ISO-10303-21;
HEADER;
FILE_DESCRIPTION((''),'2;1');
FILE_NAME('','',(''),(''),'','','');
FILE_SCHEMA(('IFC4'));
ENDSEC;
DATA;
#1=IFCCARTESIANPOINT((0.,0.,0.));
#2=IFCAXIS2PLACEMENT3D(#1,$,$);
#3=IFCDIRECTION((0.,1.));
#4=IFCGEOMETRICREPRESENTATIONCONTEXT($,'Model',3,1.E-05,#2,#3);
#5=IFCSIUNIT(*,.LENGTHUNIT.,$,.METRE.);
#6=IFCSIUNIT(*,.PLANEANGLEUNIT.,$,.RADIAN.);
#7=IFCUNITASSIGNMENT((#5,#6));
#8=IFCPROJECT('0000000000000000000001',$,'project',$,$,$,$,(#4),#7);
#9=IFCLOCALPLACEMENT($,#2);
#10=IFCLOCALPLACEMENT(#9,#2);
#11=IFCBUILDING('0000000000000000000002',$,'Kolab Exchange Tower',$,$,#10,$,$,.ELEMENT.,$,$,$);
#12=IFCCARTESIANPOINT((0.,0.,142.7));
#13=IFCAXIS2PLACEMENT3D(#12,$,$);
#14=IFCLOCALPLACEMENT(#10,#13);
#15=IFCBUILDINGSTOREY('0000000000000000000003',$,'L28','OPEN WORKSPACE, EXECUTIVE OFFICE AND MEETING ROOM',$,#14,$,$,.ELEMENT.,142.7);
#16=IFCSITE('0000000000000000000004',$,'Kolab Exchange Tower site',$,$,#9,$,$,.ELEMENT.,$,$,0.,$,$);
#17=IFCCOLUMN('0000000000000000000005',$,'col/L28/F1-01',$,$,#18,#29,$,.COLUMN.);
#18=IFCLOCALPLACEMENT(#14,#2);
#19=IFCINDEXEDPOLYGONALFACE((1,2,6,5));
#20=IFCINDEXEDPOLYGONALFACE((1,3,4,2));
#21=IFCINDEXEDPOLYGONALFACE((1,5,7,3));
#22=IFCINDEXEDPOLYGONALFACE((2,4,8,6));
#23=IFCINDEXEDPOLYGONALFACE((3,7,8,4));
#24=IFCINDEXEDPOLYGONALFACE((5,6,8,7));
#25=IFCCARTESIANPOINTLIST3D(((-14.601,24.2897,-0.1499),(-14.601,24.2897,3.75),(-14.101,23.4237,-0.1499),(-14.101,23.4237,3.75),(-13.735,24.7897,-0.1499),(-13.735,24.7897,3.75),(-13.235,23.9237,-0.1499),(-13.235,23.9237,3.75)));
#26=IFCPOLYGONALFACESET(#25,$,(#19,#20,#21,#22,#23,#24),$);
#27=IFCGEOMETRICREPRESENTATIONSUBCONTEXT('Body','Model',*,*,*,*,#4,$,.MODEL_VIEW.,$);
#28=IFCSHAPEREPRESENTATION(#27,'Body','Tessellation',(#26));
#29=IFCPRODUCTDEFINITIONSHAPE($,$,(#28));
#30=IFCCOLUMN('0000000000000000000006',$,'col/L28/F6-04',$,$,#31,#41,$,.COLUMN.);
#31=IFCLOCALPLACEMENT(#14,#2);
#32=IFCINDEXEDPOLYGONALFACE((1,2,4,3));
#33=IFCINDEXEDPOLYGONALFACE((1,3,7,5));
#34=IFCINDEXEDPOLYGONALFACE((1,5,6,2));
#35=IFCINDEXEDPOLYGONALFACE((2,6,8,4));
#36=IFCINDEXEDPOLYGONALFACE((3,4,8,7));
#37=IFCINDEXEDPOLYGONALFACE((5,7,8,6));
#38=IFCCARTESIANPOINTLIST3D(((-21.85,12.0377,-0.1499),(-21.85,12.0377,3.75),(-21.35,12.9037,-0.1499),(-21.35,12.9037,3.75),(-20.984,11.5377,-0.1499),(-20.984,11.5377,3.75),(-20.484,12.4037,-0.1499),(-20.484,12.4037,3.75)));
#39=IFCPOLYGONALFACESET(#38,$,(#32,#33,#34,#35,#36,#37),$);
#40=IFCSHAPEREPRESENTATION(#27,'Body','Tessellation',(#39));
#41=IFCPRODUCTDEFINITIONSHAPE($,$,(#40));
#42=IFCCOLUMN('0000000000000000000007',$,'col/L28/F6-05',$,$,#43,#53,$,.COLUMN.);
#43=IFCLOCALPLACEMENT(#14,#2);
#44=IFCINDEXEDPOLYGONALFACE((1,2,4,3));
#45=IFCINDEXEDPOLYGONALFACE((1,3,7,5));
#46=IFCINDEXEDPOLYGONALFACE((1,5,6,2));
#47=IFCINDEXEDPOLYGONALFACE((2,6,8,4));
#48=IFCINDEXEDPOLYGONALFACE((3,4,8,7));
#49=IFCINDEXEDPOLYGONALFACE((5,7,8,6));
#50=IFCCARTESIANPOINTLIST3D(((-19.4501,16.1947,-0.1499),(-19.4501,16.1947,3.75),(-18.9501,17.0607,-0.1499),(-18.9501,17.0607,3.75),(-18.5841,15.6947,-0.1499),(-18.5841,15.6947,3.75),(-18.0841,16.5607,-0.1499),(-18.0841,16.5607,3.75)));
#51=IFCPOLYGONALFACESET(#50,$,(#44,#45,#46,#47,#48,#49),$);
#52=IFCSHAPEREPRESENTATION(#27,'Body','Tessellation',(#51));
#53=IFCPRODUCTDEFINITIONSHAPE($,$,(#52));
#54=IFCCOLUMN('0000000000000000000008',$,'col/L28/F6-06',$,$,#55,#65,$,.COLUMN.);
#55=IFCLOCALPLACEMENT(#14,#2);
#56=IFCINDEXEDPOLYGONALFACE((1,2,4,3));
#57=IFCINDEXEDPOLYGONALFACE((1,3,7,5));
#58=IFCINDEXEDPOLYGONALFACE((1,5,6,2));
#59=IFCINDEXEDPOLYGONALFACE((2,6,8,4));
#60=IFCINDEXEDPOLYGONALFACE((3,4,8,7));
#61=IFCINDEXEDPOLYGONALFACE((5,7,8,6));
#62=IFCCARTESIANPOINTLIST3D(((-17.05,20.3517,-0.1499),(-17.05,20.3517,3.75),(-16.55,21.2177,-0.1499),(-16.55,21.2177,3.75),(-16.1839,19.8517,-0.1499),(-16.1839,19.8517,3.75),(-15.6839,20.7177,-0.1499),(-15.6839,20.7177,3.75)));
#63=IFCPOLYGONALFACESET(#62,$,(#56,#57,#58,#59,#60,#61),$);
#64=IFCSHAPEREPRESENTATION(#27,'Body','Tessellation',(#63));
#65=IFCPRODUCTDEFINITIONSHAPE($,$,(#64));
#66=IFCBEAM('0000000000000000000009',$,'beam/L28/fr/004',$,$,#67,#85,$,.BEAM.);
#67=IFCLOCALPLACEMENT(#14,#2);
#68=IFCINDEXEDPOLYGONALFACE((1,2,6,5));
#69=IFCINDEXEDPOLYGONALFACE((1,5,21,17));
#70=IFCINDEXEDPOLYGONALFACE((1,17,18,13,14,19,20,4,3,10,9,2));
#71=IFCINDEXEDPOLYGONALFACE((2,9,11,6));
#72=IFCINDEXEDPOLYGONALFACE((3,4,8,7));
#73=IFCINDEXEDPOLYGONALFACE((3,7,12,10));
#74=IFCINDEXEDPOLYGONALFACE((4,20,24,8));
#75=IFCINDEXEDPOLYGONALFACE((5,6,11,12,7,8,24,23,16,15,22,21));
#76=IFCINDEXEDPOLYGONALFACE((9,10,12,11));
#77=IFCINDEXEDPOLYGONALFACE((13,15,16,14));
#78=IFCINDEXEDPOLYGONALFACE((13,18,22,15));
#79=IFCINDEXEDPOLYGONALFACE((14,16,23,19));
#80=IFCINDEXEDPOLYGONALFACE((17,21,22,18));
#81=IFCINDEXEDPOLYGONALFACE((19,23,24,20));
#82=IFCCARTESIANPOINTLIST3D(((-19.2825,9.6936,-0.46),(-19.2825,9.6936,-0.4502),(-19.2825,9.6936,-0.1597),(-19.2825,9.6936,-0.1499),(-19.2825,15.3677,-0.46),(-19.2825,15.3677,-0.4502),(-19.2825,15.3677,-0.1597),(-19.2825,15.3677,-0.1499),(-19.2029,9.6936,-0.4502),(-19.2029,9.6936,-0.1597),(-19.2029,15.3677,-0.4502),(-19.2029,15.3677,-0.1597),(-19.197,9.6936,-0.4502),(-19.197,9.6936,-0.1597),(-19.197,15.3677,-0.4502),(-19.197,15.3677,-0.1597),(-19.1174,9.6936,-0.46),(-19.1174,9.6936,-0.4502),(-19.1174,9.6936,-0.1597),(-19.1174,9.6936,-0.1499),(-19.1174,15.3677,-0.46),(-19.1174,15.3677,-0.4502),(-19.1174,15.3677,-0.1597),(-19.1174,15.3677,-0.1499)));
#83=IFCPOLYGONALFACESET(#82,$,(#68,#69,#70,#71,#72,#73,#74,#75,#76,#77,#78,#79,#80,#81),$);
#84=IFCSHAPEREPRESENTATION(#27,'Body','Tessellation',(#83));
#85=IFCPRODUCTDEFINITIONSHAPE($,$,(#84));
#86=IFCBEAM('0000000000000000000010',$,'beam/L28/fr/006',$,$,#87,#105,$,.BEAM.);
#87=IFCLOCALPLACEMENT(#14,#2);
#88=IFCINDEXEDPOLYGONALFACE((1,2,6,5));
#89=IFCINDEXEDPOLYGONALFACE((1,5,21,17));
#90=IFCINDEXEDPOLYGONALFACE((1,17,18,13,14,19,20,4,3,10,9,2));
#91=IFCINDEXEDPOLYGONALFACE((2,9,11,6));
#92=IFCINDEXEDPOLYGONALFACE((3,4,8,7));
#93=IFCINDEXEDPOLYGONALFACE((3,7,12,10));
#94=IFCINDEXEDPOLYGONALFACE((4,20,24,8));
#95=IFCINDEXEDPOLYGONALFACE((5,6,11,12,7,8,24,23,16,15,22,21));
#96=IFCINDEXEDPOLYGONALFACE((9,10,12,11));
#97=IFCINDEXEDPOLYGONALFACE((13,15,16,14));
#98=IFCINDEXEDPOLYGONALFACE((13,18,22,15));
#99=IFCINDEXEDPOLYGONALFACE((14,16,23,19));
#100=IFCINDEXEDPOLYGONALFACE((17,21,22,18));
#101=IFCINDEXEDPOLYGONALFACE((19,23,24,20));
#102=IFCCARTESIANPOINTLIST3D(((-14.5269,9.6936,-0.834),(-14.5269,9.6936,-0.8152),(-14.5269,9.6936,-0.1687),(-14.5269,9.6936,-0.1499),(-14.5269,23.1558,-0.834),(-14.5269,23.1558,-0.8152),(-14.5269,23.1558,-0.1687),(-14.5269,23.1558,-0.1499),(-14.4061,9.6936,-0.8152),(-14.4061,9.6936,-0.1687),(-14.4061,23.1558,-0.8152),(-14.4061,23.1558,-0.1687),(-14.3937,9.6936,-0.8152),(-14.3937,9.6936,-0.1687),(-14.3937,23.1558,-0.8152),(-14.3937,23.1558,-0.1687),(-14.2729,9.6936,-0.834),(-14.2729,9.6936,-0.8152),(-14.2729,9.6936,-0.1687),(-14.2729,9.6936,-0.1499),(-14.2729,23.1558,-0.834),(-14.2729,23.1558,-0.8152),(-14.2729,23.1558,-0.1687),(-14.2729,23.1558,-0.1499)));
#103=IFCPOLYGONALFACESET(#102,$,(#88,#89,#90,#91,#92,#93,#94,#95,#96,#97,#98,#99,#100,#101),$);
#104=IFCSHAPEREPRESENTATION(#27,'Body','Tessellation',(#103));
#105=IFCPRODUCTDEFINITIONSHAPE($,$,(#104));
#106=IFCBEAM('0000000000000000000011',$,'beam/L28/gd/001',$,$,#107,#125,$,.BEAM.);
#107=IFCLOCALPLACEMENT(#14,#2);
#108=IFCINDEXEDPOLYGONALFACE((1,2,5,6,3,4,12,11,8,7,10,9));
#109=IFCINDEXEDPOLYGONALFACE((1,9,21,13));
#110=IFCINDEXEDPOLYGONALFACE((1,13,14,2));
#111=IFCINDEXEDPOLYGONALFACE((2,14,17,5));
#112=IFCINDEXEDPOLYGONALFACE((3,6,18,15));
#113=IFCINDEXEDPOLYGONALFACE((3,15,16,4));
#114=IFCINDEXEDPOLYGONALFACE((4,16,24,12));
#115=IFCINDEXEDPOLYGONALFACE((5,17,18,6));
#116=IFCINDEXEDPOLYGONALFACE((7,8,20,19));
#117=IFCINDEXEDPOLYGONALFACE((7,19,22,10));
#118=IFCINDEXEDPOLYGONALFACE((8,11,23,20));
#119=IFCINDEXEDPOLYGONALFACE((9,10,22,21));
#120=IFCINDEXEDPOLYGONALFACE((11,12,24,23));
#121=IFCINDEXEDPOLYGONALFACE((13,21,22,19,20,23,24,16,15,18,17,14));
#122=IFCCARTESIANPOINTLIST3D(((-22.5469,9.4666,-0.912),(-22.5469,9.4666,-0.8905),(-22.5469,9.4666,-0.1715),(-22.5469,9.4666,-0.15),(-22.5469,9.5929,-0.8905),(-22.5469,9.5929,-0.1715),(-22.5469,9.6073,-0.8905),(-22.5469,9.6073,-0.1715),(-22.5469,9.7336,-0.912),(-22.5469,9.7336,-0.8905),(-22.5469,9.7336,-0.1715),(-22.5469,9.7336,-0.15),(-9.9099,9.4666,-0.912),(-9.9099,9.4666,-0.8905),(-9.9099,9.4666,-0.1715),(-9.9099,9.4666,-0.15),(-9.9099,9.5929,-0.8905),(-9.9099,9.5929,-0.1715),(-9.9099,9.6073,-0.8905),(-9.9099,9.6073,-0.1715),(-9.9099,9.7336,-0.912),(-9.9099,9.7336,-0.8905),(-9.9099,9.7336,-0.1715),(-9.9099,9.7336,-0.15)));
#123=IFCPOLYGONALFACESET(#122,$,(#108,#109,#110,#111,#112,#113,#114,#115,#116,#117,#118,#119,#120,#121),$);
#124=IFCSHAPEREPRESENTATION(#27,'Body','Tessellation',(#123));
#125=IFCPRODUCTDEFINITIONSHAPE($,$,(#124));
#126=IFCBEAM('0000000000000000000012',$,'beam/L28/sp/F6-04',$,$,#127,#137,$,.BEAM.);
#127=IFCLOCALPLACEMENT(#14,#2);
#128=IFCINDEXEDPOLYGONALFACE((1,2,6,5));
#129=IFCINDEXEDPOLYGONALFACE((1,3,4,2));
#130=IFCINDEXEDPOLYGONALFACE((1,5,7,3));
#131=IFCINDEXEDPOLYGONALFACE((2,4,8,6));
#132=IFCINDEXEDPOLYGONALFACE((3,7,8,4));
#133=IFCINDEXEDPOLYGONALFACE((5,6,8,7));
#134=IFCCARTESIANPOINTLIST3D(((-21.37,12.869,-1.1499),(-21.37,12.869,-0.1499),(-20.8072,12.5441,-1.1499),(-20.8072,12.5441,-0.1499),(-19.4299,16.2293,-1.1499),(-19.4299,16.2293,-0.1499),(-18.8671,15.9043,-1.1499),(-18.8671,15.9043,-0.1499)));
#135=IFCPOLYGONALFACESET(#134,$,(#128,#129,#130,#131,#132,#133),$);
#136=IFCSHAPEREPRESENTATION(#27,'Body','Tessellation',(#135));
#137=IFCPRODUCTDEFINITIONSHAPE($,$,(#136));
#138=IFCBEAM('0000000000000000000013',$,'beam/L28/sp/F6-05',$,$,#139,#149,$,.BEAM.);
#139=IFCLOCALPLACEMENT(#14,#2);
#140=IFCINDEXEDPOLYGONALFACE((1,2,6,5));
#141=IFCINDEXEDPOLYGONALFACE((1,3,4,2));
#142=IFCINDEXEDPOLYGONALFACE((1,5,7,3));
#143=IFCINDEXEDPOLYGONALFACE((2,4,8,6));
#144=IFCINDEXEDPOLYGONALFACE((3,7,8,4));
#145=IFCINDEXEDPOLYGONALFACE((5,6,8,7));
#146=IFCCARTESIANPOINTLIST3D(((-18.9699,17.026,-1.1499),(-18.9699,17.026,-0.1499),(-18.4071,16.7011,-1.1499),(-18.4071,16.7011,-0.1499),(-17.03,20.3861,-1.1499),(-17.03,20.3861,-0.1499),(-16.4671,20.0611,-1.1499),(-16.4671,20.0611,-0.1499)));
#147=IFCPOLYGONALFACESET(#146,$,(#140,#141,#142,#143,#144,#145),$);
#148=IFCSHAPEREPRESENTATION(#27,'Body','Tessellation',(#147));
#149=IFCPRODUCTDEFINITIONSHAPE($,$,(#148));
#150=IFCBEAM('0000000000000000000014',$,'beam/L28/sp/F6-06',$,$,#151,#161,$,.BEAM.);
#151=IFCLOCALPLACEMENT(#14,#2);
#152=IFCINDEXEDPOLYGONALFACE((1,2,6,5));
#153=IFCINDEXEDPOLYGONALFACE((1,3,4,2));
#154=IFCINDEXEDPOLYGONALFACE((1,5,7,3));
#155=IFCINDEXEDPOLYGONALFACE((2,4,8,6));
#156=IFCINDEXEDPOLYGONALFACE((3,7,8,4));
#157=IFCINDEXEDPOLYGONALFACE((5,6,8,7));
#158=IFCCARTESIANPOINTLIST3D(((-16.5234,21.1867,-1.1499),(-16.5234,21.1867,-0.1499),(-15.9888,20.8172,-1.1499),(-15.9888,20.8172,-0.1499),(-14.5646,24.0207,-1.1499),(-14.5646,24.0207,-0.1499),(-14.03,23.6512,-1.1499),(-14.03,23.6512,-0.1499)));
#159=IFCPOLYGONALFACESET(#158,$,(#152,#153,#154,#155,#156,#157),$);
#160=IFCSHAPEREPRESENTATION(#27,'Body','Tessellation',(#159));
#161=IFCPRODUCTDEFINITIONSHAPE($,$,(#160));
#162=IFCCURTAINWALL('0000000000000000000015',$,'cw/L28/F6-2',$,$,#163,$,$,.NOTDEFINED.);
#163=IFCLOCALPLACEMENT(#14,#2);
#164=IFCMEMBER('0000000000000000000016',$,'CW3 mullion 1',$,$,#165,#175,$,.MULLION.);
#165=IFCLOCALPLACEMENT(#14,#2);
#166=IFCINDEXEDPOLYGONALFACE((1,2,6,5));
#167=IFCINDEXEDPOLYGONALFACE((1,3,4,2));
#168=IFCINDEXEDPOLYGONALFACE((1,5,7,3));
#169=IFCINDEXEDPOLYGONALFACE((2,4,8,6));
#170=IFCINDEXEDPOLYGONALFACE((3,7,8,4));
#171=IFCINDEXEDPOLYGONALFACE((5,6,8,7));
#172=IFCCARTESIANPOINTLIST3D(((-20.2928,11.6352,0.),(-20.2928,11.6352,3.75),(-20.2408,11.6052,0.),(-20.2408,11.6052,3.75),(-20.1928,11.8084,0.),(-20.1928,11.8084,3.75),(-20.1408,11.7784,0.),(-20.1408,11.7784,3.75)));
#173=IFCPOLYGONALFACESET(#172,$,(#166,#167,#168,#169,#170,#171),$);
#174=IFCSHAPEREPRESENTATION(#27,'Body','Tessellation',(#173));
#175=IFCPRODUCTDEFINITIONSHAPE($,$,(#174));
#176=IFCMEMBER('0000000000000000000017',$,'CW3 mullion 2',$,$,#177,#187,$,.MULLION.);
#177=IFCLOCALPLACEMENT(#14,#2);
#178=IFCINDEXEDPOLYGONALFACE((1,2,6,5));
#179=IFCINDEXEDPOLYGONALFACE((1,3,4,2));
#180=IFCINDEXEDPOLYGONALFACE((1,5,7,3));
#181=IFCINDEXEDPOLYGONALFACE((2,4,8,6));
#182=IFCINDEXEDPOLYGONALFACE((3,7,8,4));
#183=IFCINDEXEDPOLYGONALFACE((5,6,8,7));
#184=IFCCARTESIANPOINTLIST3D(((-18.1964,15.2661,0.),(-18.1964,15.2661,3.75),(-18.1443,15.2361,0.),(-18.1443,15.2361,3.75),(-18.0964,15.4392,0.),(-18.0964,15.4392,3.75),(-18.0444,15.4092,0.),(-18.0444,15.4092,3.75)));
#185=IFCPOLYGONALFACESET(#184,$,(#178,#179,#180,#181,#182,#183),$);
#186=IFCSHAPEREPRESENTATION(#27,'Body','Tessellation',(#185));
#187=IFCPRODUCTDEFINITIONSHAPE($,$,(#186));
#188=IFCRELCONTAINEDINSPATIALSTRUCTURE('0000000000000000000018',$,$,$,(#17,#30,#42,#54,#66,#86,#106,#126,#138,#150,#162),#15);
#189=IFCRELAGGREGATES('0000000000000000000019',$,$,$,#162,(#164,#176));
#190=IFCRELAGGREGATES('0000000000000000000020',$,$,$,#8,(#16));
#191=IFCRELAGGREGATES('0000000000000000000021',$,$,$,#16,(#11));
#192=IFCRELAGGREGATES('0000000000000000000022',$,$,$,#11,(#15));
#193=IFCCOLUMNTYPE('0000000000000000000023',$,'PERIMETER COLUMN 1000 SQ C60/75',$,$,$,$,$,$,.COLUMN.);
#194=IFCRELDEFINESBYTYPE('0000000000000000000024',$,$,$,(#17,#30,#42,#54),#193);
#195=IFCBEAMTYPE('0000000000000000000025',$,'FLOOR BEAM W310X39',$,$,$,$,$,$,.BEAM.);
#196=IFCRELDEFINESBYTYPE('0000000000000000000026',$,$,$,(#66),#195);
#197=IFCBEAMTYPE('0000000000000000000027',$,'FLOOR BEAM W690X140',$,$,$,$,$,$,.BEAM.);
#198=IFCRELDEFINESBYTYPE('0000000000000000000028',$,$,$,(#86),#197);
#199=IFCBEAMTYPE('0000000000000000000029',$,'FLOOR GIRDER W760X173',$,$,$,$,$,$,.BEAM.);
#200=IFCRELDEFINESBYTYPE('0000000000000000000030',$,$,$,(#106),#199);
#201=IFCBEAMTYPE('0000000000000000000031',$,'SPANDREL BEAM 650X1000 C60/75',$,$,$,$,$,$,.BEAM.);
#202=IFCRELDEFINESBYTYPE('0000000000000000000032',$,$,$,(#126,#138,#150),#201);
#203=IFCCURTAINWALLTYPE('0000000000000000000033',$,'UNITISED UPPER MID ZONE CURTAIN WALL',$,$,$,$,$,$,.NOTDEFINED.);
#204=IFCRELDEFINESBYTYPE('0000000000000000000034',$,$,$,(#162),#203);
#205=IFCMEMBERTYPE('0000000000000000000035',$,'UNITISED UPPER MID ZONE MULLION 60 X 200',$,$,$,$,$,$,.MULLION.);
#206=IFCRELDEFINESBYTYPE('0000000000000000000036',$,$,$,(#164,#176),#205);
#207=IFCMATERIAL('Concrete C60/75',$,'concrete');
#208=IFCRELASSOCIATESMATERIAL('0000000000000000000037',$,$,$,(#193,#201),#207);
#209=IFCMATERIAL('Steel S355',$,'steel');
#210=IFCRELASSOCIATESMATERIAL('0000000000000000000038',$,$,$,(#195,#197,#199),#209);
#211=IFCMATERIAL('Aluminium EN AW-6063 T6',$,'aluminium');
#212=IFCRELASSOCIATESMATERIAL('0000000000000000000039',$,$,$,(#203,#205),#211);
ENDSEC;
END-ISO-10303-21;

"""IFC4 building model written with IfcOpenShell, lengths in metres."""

from ifc_helpers import new_model, si_unit, direction, frame, origin, origin_2d, place, context, subcontext, project, spatial, rectangle, i_section, extrude, material, material_profile, profile_set, type_object, element, aggregate, save


model = new_model("IFC4")

# Units and contexts
model_context = context("Model", 3, precision=1e-05, world=origin(), true_north=direction((0.0, 1.0)))
body_context = subcontext(model_context, "Body", "Model", "MODEL_VIEW")
ifc_project = project(units=[si_unit("LENGTHUNIT", "METRE"), si_unit("PLANEANGLEUNIT", "RADIAN")], contexts=[model_context])

# Site, building, storey
site_placement = place(None, origin())
site = spatial("IfcSite", under=ifc_project, at=site_placement, Name="Kolab Exchange Tower site", CompositionType="ELEMENT", RefElevation=0.0)
building_placement = place(site_placement, origin())
building = spatial("IfcBuilding", under=site, at=building_placement, Name="Kolab Exchange Tower", CompositionType="ELEMENT")
storey_placement = place(building_placement, frame((0.0, 0.0, 142.7)))
storey = spatial("IfcBuildingStorey", under=building, at=storey_placement, Name="L28", Description="OPEN WORKSPACE, EXECUTIVE OFFICE AND MEETING ROOM", CompositionType="ELEMENT", Elevation=142.7)

# Columns
ifc_material_1 = material(Name="Concrete C60/75", Category="concrete")
ifc_material_profile_1 = material_profile(ifc_material_1, rectangle(XDim=1.0, YDim=1.0, at=origin_2d()), Name="RC1000")
ifc_profile_set_1 = profile_set([ifc_material_profile_1], Name="Concrete C60/75")
column_type = type_object("IfcColumnType", Name="PERIMETER COLUMN 1000 SQ C60/75", PredefinedType="COLUMN", material=ifc_profile_set_1)
for number, where, z_axis, x_axis, name in (
    (1, (-13.918, 24.1067, -0.1499), (0.0, 0.0, 1.0), (0.866025, 0.5, 0.0), "col/L28/F1-01"),
    (2, (-21.167, 12.2207, -0.1499), (0.0, 0.0, 1.0), (0.5, 0.866025, 0.0), "col/L28/F6-04"),
    (3, (-18.7671, 16.3777, -0.1499), (0.0, 0.0, 1.0), (0.5, 0.866025, 0.0), "col/L28/F6-05"),
    (4, (-16.3669, 20.5347, -0.1499), (0.0, 0.0, 1.0), (0.5, 0.866025, 0.0), "col/L28/F6-06"),
):
    element("IfcColumn", number, at=place(storey_placement, frame(where, z_axis=z_axis, x_axis=x_axis)), inside=storey, type_object=column_type, Name=name, PredefinedType="COLUMN", context=body_context, shape_type="SweptSolid", body=[
        extrude(rectangle(XDim=1.0, YDim=1.0, at=origin_2d()), origin(), (0.0, 0.0, 1.0), 3.8999),
    ])

# Beams
ifc_material_2 = material(Name="Steel S355", Category="steel")
ifc_material_profile_2 = material_profile(ifc_material_2, i_section(OverallWidth=0.165, OverallDepth=0.3101, WebThickness=0.0059, FlangeThickness=0.0098, at=origin_2d()), Name="W310X39")
ifc_profile_set_2 = profile_set([ifc_material_profile_2], Name="Steel S355")
beam_type_1 = type_object("IfcBeamType", Name="FLOOR BEAM W310X39", PredefinedType="BEAM", material=ifc_profile_set_2)
beam_1_placement = place(storey_placement, frame((-19.2, 9.6936, -0.3049), z_axis=(0.0, 1.0, 0.0), x_axis=(-1.0, 0.0, 0.0)))
element("IfcBeam", 5, at=beam_1_placement, inside=storey, type_object=beam_type_1, Name="beam/L28/fr/004", PredefinedType="BEAM", context=body_context, shape_type="SweptSolid", body=[
    extrude(i_section(OverallWidth=0.165, OverallDepth=0.3101, WebThickness=0.0059, FlangeThickness=0.0098, at=origin_2d()), origin(), (0.0, 0.0, 1.0), 5.6741),
])
ifc_material_profile_3 = material_profile(ifc_material_2, i_section(OverallWidth=0.2539, OverallDepth=0.6841, WebThickness=0.0125, FlangeThickness=0.0188, at=origin_2d()), Name="W690X140")
ifc_profile_set_3 = profile_set([ifc_material_profile_3], Name="Steel S355")
beam_type_2 = type_object("IfcBeamType", Name="FLOOR BEAM W690X140", PredefinedType="BEAM", material=ifc_profile_set_3)
beam_2_placement = place(storey_placement, frame((-14.3999, 9.6936, -0.4919), z_axis=(0.0, 1.0, 0.0), x_axis=(-1.0, 0.0, 0.0)))
element("IfcBeam", 6, at=beam_2_placement, inside=storey, type_object=beam_type_2, Name="beam/L28/fr/006", PredefinedType="BEAM", context=body_context, shape_type="SweptSolid", body=[
    extrude(i_section(OverallWidth=0.2539, OverallDepth=0.6841, WebThickness=0.0125, FlangeThickness=0.0188, at=origin_2d()), origin(), (0.0, 0.0, 1.0), 13.4622),
])
ifc_material_profile_4 = material_profile(ifc_material_2, i_section(OverallWidth=0.2671, OverallDepth=0.762, WebThickness=0.0144, FlangeThickness=0.0215, at=origin_2d()), Name="W760X173")
ifc_profile_set_4 = profile_set([ifc_material_profile_4], Name="Steel S355")
beam_type_3 = type_object("IfcBeamType", Name="FLOOR GIRDER W760X173", PredefinedType="BEAM", material=ifc_profile_set_4)
beam_3_placement = place(storey_placement, frame((-22.5469, 9.6001, -0.531), z_axis=(1.0, 0.0, 0.0), x_axis=(0.0, 1.0, 0.0)))
element("IfcBeam", 7, at=beam_3_placement, inside=storey, type_object=beam_type_3, Name="beam/L28/gd/001", PredefinedType="BEAM", context=body_context, shape_type="SweptSolid", body=[
    extrude(i_section(OverallWidth=0.2671, OverallDepth=0.762, WebThickness=0.0144, FlangeThickness=0.0215, at=origin_2d()), origin(), (0.0, 0.0, 1.0), 12.637),
])
ifc_material_profile_5 = material_profile(ifc_material_1, rectangle(XDim=0.6499, YDim=1.0, at=origin_2d()), Name="RC650X1000")
ifc_profile_set_5 = profile_set([ifc_material_profile_5], Name="Concrete C60/75")
beam_type_4 = type_object("IfcBeamType", Name="SPANDREL BEAM 650X1000 C60/75", PredefinedType="BEAM", material=ifc_profile_set_5)
beam_4_placement = place(storey_placement, frame((-21.0886, 12.7065, -0.6499), z_axis=(0.500017, 0.866016, 0.0), x_axis=(-0.866016, 0.500017, 0.0)))
element("IfcBeam", 8, at=beam_4_placement, inside=storey, type_object=beam_type_4, Name="beam/L28/sp/F6-04", PredefinedType="BEAM", context=body_context, shape_type="SweptSolid", body=[
    extrude(rectangle(XDim=0.6499, YDim=1.0, at=origin_2d()), origin(), (0.0, 0.0, 1.0), 3.8801),
])
beam_5_placement = place(storey_placement, frame((-18.6885, 16.8635, -0.6499), z_axis=(0.499997, 0.866027, 0.0), x_axis=(-0.866027, 0.499997, 0.0)))
element("IfcBeam", 9, at=beam_5_placement, inside=storey, type_object=beam_type_4, Name="beam/L28/sp/F6-05", PredefinedType="BEAM", context=body_context, shape_type="SweptSolid", body=[
    extrude(rectangle(XDim=0.6499, YDim=1.0, at=origin_2d()), origin(), (0.0, 0.0, 1.0), 3.8799),
])
beam_6_placement = place(storey_placement, frame((-16.2561, 21.002, -0.6499), z_axis=(0.568572, 0.822633, 0.0), x_axis=(-0.822633, 0.568572, 0.0)))
element("IfcBeam", 10, at=beam_6_placement, inside=storey, type_object=beam_type_4, Name="beam/L28/sp/F6-06", PredefinedType="BEAM", context=body_context, shape_type="SweptSolid", body=[
    extrude(rectangle(XDim=0.6499, YDim=1.0, at=origin_2d()), origin(), (0.0, 0.0, 1.0), 3.4451),
])

# Curtain wall, members
ifc_material_3 = material(Name="Aluminium EN AW-6063 T6", Category="aluminium")
curtain_wall_type = type_object("IfcCurtainWallType", Name="UNITISED UPPER MID ZONE CURTAIN WALL", PredefinedType="NOTDEFINED", material=ifc_material_3)
curtain_wall_placement = place(storey_placement, origin())
curtain_wall = element("IfcCurtainWall", 11, at=curtain_wall_placement, inside=storey, type_object=curtain_wall_type, Name="cw/L28/F6-2", PredefinedType="NOTDEFINED")
ifc_material_profile_6 = material_profile(ifc_material_3, rectangle(XDim=0.0601, YDim=0.2, at=origin_2d()), Name="RECT 60X200")
ifc_profile_set_6 = profile_set([ifc_material_profile_6], Name="Aluminium EN AW-6063 T6")
member_type_1 = type_object("IfcMemberType", Name="UNITISED UPPER MID ZONE MULLION 60 X 200", PredefinedType="MULLION", material=ifc_profile_set_6)
member_1_placement = place(storey_placement, frame((-20.2168, 11.7068, 0.0), z_axis=(0.0, 0.0, 1.0), x_axis=(-0.866025, 0.5, 0.0)))
member_1 = element("IfcMember", 12, at=member_1_placement, type_object=member_type_1, Name="CW3 mullion 1", PredefinedType="MULLION", context=body_context, shape_type="SweptSolid", body=[
    extrude(rectangle(XDim=0.0601, YDim=0.2, at=origin_2d()), origin(), (0.0, 0.0, 1.0), 3.75),
])
member_2_placement = place(storey_placement, frame((-18.1204, 15.3376, 0.0), z_axis=(0.0, 0.0, 1.0), x_axis=(-0.866025, 0.5, 0.0)))
member_2 = element("IfcMember", 13, at=member_2_placement, type_object=member_type_1, Name="CW3 mullion 2", PredefinedType="MULLION", context=body_context, shape_type="SweptSolid", body=[
    extrude(rectangle(XDim=0.0601, YDim=0.2, at=origin_2d()), origin(), (0.0, 0.0, 1.0), 3.75),
])
aggregate(curtain_wall, [member_1, member_2])

save(model, "model.ifc")
